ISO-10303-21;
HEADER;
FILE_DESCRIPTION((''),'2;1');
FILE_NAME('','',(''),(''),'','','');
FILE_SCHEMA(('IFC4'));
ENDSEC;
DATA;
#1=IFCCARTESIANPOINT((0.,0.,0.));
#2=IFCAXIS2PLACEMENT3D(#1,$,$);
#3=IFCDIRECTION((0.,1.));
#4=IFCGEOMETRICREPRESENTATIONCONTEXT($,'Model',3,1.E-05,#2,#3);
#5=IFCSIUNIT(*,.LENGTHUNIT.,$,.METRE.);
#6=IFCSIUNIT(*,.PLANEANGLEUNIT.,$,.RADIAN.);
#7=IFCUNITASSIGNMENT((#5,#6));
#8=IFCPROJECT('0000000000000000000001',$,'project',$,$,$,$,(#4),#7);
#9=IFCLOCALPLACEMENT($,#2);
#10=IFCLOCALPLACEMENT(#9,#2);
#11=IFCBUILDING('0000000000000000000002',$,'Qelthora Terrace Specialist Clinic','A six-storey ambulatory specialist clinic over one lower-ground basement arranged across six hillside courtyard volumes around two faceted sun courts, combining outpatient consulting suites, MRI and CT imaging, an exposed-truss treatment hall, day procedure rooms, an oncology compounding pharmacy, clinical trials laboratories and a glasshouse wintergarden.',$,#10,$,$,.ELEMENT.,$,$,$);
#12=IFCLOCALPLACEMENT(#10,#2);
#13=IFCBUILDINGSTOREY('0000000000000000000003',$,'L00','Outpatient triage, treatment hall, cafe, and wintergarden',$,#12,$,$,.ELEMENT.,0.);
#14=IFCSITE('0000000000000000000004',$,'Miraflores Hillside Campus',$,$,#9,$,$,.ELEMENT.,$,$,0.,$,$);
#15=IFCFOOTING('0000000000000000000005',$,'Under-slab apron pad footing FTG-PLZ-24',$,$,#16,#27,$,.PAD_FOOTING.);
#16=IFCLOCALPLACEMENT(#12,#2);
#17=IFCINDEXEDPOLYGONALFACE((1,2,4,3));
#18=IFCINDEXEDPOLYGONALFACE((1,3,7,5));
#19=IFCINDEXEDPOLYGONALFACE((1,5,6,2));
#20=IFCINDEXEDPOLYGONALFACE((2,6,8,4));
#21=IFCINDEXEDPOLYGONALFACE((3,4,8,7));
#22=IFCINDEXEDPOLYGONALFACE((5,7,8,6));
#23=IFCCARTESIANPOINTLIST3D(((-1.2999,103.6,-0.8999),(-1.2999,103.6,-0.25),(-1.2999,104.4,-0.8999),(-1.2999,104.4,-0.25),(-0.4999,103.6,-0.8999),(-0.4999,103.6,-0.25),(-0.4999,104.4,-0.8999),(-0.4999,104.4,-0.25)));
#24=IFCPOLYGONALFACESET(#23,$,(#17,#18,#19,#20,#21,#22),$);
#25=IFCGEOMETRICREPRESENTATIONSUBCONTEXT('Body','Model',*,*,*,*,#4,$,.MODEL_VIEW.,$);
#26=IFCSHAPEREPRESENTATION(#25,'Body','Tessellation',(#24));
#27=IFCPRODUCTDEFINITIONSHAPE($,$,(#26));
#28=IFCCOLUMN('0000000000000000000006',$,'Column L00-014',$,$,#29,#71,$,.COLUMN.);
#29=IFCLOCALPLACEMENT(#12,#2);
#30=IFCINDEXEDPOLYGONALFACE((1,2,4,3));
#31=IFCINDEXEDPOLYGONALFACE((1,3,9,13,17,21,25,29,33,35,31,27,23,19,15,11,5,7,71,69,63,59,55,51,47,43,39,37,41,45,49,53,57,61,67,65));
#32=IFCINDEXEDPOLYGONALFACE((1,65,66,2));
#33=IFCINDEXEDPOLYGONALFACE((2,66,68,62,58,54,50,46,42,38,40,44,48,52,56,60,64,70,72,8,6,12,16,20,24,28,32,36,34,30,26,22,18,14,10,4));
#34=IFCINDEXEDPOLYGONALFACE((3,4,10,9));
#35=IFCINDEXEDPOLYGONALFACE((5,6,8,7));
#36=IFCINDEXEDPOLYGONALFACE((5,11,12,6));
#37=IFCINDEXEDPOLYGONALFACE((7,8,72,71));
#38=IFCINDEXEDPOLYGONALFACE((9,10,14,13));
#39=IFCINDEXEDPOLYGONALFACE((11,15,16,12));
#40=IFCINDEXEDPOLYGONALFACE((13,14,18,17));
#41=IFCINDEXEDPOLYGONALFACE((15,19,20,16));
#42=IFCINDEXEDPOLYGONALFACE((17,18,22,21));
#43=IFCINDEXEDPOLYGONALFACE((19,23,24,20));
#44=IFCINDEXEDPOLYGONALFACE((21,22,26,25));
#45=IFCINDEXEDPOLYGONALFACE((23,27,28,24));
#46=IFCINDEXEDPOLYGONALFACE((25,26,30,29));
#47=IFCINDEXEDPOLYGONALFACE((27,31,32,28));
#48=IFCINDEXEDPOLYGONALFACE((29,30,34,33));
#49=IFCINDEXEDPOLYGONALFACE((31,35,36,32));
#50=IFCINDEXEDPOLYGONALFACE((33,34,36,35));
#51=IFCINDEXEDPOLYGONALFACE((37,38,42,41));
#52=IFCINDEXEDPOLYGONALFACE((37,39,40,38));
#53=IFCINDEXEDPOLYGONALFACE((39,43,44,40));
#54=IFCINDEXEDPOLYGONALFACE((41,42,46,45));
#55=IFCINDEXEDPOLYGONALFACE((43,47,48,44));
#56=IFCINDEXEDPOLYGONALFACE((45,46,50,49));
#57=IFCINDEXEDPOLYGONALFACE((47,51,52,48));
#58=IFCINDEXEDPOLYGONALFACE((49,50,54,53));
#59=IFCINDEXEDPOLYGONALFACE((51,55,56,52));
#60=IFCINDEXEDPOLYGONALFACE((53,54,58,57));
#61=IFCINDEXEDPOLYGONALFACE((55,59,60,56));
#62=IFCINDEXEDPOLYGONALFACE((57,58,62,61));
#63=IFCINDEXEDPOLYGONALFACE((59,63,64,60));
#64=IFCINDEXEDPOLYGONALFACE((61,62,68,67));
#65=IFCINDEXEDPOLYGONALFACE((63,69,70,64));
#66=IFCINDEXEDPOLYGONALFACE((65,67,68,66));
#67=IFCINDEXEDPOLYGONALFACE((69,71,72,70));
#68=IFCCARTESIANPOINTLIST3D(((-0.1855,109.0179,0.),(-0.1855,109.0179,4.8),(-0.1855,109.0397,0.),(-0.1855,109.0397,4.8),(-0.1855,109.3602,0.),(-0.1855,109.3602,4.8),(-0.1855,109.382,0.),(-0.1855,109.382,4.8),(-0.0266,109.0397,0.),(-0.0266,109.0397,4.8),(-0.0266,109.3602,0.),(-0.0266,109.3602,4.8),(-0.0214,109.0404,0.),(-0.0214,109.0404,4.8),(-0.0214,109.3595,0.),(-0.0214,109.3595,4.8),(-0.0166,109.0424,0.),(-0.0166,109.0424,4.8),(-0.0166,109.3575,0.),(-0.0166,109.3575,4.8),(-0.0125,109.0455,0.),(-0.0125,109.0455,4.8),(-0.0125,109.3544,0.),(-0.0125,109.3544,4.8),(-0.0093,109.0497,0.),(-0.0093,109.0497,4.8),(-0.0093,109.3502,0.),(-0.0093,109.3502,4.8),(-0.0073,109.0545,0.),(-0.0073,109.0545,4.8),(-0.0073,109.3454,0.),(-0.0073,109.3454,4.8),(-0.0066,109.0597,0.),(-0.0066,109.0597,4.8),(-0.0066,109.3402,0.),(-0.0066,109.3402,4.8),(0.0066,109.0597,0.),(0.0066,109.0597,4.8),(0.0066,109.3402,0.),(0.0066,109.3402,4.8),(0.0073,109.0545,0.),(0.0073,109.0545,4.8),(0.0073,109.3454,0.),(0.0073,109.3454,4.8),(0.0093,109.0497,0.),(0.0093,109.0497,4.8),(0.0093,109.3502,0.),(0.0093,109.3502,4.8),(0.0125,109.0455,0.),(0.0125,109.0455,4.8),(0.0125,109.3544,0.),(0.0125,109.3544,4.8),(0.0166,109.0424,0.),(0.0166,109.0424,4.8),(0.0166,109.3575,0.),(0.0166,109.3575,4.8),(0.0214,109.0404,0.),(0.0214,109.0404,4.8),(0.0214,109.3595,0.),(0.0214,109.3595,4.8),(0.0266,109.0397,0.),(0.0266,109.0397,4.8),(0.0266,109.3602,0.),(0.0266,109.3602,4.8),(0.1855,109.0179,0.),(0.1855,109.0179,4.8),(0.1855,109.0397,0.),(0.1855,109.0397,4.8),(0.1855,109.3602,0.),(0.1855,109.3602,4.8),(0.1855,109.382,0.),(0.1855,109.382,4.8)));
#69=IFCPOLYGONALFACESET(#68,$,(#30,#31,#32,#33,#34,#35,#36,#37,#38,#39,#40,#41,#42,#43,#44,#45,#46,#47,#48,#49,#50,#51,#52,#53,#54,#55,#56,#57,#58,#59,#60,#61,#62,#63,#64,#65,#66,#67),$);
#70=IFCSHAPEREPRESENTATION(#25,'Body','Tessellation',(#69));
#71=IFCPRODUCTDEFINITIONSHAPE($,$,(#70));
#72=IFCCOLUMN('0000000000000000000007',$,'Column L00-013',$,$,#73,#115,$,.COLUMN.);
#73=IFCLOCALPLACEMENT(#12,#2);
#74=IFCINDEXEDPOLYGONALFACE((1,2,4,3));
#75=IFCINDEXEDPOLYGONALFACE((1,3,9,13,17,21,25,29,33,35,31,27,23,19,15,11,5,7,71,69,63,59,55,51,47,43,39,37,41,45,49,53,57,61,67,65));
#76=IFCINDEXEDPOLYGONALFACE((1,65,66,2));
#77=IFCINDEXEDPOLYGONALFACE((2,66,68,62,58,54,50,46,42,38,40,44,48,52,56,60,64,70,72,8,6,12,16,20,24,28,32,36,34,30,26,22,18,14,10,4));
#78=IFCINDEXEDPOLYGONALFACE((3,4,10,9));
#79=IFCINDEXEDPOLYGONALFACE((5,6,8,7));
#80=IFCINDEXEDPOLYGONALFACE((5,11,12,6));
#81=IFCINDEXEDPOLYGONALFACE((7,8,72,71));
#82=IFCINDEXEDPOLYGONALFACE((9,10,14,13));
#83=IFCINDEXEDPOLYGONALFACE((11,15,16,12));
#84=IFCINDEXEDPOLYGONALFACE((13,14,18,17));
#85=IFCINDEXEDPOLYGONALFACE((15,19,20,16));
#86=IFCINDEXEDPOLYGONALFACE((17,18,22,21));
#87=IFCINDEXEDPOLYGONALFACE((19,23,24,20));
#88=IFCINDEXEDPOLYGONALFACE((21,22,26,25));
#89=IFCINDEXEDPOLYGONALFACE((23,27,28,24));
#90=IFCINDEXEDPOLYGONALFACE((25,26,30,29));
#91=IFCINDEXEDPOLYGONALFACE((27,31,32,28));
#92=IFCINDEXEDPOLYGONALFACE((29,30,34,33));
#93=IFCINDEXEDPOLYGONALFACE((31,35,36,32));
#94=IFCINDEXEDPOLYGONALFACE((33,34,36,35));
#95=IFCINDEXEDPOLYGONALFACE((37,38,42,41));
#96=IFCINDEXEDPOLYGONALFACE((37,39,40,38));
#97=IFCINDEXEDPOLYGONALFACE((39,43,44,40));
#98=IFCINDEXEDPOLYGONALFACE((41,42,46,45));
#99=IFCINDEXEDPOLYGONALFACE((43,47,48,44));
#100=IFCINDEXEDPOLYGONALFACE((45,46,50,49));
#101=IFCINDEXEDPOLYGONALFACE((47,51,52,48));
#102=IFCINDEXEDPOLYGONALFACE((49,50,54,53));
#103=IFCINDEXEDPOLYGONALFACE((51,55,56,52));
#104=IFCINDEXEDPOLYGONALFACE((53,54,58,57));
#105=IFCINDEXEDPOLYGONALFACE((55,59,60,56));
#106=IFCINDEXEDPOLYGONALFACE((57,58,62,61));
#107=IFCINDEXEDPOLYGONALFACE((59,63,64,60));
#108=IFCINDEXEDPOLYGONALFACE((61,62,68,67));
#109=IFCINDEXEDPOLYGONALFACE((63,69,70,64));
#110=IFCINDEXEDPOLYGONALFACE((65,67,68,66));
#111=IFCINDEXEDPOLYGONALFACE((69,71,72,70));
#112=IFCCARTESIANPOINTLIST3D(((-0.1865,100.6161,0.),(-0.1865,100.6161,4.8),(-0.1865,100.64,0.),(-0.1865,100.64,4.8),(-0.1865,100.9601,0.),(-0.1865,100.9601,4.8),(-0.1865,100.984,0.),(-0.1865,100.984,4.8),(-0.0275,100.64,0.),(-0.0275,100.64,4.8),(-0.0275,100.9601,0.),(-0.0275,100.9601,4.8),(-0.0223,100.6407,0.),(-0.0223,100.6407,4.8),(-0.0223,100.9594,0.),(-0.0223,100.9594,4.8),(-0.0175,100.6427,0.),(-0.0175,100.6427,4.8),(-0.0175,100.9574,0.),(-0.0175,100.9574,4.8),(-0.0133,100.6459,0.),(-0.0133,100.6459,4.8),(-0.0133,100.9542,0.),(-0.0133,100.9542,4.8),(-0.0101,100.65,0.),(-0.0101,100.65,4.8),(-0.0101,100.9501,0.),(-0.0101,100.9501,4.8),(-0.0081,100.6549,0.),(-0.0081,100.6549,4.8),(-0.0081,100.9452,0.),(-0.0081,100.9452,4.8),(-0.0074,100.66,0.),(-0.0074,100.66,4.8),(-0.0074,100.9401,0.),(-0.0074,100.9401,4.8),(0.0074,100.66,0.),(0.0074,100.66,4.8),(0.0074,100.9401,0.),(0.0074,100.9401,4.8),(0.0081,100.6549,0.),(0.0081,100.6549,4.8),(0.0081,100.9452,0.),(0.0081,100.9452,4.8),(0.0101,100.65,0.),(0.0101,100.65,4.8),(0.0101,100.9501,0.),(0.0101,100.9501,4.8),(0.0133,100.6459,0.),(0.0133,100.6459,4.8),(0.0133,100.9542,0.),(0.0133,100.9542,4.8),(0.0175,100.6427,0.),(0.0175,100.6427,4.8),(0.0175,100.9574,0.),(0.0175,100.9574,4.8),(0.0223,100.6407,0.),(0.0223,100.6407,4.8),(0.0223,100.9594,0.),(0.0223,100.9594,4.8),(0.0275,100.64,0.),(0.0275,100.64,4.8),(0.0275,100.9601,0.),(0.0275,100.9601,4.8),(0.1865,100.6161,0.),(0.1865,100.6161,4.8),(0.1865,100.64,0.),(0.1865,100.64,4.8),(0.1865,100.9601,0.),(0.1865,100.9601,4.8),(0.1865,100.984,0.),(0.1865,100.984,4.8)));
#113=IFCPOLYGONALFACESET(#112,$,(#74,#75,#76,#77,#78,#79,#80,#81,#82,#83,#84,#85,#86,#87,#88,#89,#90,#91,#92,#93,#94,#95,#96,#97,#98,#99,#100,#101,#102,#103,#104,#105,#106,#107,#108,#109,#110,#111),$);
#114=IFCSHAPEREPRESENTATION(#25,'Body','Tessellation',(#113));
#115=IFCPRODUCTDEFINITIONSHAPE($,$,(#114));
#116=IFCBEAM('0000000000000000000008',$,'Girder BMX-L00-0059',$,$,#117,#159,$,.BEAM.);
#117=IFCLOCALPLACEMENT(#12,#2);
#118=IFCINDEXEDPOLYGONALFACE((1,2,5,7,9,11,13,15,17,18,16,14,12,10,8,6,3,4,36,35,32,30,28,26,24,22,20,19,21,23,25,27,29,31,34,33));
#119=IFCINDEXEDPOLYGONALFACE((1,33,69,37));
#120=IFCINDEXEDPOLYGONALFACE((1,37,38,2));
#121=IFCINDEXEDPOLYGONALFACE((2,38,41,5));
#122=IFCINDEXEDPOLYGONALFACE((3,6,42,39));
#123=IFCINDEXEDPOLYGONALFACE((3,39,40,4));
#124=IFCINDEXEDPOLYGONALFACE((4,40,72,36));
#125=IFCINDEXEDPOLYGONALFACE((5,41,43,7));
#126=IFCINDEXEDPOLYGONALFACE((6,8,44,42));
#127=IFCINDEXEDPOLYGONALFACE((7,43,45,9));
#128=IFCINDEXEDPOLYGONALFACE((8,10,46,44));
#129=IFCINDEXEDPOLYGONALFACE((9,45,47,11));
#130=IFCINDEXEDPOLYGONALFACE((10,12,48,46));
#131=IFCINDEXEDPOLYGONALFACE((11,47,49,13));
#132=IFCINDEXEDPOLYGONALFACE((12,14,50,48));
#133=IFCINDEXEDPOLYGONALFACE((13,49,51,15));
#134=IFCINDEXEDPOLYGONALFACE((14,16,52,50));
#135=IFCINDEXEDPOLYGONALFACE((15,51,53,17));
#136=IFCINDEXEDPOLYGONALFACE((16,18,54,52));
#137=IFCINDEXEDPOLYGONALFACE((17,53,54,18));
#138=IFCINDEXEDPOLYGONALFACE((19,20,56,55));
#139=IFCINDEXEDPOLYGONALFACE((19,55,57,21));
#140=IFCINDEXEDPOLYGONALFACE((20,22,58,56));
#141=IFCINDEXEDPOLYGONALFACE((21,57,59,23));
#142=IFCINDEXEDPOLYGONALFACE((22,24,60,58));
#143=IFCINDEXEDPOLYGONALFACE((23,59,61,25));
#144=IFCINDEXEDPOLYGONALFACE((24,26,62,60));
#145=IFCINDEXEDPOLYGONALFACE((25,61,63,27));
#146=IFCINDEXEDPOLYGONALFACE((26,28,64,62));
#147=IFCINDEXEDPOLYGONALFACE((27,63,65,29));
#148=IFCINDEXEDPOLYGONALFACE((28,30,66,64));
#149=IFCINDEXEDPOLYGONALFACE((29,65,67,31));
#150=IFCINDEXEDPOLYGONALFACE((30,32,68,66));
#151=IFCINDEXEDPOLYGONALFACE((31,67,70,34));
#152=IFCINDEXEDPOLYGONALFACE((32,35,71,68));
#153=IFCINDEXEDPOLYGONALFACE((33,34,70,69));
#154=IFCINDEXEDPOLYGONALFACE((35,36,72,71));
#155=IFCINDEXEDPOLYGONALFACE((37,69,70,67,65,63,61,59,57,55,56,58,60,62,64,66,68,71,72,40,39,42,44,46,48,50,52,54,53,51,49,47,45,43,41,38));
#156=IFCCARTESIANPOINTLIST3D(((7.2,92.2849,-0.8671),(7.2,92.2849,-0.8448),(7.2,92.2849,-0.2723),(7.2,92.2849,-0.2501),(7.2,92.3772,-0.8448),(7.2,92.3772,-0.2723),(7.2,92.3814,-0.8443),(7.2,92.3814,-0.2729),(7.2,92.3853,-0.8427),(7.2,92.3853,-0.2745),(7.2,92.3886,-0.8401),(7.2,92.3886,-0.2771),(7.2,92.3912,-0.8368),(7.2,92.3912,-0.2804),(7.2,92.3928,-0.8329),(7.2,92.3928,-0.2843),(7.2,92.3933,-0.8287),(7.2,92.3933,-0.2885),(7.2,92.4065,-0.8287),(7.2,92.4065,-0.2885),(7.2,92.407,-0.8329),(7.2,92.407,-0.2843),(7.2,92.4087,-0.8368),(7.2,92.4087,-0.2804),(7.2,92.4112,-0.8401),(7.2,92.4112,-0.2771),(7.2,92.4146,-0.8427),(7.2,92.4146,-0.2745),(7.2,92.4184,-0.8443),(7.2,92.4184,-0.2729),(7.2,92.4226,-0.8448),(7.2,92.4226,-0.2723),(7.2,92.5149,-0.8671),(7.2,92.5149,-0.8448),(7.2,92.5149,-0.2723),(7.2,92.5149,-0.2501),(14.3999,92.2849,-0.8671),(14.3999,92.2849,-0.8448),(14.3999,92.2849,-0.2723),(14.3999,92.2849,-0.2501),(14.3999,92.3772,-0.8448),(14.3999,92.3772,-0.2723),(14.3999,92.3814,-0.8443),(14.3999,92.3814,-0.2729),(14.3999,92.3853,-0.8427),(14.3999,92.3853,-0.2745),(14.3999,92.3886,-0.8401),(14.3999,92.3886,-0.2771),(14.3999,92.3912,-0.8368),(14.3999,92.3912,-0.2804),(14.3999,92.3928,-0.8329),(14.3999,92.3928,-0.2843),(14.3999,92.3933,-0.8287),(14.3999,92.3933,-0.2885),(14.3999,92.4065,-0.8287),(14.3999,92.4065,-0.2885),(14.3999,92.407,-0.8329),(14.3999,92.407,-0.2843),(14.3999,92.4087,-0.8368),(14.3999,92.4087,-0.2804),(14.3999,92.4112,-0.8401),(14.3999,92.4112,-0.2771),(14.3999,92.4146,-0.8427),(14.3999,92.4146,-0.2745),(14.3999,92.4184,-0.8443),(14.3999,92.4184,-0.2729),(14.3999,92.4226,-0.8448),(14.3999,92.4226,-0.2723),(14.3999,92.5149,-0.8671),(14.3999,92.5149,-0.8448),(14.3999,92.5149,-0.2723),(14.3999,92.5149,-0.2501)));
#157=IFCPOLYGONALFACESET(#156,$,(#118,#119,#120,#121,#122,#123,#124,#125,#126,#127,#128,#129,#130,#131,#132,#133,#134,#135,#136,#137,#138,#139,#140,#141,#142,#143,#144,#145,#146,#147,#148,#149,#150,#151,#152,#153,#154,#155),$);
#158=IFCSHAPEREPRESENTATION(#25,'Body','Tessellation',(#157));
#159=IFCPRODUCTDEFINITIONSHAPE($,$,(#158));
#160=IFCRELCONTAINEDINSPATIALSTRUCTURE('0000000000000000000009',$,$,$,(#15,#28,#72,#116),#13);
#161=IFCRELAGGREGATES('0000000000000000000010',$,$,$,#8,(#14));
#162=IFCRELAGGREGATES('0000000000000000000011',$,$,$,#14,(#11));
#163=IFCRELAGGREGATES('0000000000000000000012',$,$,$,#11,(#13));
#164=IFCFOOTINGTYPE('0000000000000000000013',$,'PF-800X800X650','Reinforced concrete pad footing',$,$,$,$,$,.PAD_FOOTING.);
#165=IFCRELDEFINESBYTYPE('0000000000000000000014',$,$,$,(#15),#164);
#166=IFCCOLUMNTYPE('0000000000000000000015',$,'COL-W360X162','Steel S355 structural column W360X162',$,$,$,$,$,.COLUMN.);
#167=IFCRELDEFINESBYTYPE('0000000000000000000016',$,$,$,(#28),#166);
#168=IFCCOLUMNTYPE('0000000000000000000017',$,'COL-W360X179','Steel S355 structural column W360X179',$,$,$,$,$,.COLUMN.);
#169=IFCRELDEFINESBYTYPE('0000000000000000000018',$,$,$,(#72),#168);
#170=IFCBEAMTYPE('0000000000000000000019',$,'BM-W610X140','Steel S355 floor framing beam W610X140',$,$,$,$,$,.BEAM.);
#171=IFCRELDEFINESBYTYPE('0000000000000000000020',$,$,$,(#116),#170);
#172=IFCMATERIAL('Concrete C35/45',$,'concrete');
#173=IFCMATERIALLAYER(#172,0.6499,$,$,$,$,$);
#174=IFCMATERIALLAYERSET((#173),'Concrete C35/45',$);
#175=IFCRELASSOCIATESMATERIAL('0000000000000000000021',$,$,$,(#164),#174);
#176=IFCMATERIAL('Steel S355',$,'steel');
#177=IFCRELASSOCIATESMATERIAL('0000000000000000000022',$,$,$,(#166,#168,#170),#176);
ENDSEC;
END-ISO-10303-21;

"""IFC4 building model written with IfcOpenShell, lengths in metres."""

from ifc_helpers import new_model, si_unit, direction, frame, origin, origin_2d, place, context, subcontext, project, spatial, rectangle, i_section, extrude, material, layer, layer_set, material_profile, profile_set, type_object, element, save


model = new_model("IFC4")

# Units and contexts
model_context = context("Model", 3, precision=1e-05, world=origin(), true_north=direction((0.0, 1.0)))
body_context = subcontext(model_context, "Body", "Model", "MODEL_VIEW")
ifc_project = project(units=[si_unit("LENGTHUNIT", "METRE"), si_unit("PLANEANGLEUNIT", "RADIAN")], contexts=[model_context])

# Site, building, storey
site_placement = place(None, origin())
site = spatial("IfcSite", under=ifc_project, at=site_placement, Name="Miraflores Hillside Campus", CompositionType="ELEMENT", RefElevation=0.0)
building_placement = place(site_placement, origin())
building = spatial("IfcBuilding", under=site, at=building_placement, Name="Qelthora Terrace Specialist Clinic", Description="A six-storey ambulatory specialist clinic over one lower-ground basement arranged across six hillside courtyard volumes around two faceted sun courts, combining outpatient consulting suites, MRI and CT imaging, an exposed-truss treatment hall, day procedure rooms, an oncology compounding pharmacy, clinical trials laboratories and a glasshouse wintergarden.", CompositionType="ELEMENT")
storey_placement = place(building_placement, origin())
storey = spatial("IfcBuildingStorey", under=building, at=storey_placement, Name="L00", Description="Outpatient triage, treatment hall, cafe, and wintergarden", CompositionType="ELEMENT", Elevation=0.0)

# Footing
ifc_material_1 = material(Name="Concrete C35/45", Category="concrete")
ifc_layer_1 = layer(ifc_material_1, 0.6499)
ifc_layer_set_1 = layer_set([ifc_layer_1], Name="Concrete C35/45")
footing_type = type_object("IfcFootingType", Name="PF-800X800X650", Description="Reinforced concrete pad footing", PredefinedType="PAD_FOOTING", material=ifc_layer_set_1)
footing_placement = place(storey_placement, frame((-0.8999, 104.0, -0.8999), z_axis=(0.0, 0.0, 1.0), x_axis=(1.0, 0.0, 0.0)))
element("IfcFooting", 1, at=footing_placement, inside=storey, type_object=footing_type, Name="Under-slab apron pad footing FTG-PLZ-24", PredefinedType="PAD_FOOTING", context=body_context, shape_type="SweptSolid", body=[
    extrude(rectangle(XDim=0.8, YDim=0.8, at=origin_2d()), origin(), (0.0, 0.0, 1.0), 0.6499),
])

# Columns
ifc_material_2 = material(Name="Steel S355", Category="steel")
ifc_material_profile_1 = material_profile(ifc_material_2, i_section(OverallWidth=0.3711, OverallDepth=0.364, WebThickness=0.0132, FlangeThickness=0.0217, FilletRadius=0.02, at=origin_2d()), Name="W360X162")
ifc_profile_set_1 = profile_set([ifc_material_profile_1], Name="Steel S355")
column_type_1 = type_object("IfcColumnType", Name="COL-W360X162", Description="Steel S355 structural column W360X162", PredefinedType="COLUMN", material=ifc_profile_set_1)
column_1_placement = place(storey_placement, frame((0.0, 109.2, 0.0), z_axis=(0.0, 0.0, 1.0), x_axis=(1.0, 0.0, 0.0)))
element("IfcColumn", 2, at=column_1_placement, inside=storey, type_object=column_type_1, Name="Column L00-014", PredefinedType="COLUMN", context=body_context, shape_type="SweptSolid", body=[
    extrude(i_section(OverallWidth=0.3711, OverallDepth=0.364, WebThickness=0.0132, FlangeThickness=0.0217, FilletRadius=0.02, at=origin_2d()), origin(), (0.0, 0.0, 1.0), 4.8),
])
ifc_material_profile_2 = material_profile(ifc_material_2, i_section(OverallWidth=0.373, OverallDepth=0.3679, WebThickness=0.0149, FlangeThickness=0.0239, FilletRadius=0.02, at=origin_2d()), Name="W360X179")
ifc_profile_set_2 = profile_set([ifc_material_profile_2], Name="Steel S355")
column_type_2 = type_object("IfcColumnType", Name="COL-W360X179", Description="Steel S355 structural column W360X179", PredefinedType="COLUMN", material=ifc_profile_set_2)
column_2_placement = place(storey_placement, frame((0.0, 100.8, 0.0), z_axis=(0.0, 0.0, 1.0), x_axis=(1.0, 0.0, 0.0)))
element("IfcColumn", 3, at=column_2_placement, inside=storey, type_object=column_type_2, Name="Column L00-013", PredefinedType="COLUMN", context=body_context, shape_type="SweptSolid", body=[
    extrude(i_section(OverallWidth=0.373, OverallDepth=0.3679, WebThickness=0.0149, FlangeThickness=0.0239, FilletRadius=0.02, at=origin_2d()), origin(), (0.0, 0.0, 1.0), 4.8),
])

# Beam
ifc_material_profile_3 = material_profile(ifc_material_2, i_section(OverallWidth=0.23, OverallDepth=0.6169, WebThickness=0.0132, FlangeThickness=0.0222, FilletRadius=0.0161, at=origin_2d()), Name="W610X140")
ifc_profile_set_3 = profile_set([ifc_material_profile_3], Name="Steel S355")
beam_type_1 = type_object("IfcBeamType", Name="BM-W610X140", Description="Steel S355 floor framing beam W610X140", PredefinedType="BEAM", material=ifc_profile_set_3)
beam_1_placement = place(storey_placement, frame((7.2, 92.3999, -0.5586), z_axis=(1.0, 0.0, 0.0), x_axis=(0.0, 1.0, 0.0)))
element("IfcBeam", 4, at=beam_1_placement, inside=storey, type_object=beam_type_1, Name="Girder BMX-L00-0059", PredefinedType="BEAM", context=body_context, shape_type="SweptSolid", body=[
    extrude(i_section(OverallWidth=0.23, OverallDepth=0.6169, WebThickness=0.0132, FlangeThickness=0.0222, FilletRadius=0.0161, at=origin_2d()), origin(), (0.0, 0.0, 1.0), 7.2),
])

save(model, "model.ifc")
